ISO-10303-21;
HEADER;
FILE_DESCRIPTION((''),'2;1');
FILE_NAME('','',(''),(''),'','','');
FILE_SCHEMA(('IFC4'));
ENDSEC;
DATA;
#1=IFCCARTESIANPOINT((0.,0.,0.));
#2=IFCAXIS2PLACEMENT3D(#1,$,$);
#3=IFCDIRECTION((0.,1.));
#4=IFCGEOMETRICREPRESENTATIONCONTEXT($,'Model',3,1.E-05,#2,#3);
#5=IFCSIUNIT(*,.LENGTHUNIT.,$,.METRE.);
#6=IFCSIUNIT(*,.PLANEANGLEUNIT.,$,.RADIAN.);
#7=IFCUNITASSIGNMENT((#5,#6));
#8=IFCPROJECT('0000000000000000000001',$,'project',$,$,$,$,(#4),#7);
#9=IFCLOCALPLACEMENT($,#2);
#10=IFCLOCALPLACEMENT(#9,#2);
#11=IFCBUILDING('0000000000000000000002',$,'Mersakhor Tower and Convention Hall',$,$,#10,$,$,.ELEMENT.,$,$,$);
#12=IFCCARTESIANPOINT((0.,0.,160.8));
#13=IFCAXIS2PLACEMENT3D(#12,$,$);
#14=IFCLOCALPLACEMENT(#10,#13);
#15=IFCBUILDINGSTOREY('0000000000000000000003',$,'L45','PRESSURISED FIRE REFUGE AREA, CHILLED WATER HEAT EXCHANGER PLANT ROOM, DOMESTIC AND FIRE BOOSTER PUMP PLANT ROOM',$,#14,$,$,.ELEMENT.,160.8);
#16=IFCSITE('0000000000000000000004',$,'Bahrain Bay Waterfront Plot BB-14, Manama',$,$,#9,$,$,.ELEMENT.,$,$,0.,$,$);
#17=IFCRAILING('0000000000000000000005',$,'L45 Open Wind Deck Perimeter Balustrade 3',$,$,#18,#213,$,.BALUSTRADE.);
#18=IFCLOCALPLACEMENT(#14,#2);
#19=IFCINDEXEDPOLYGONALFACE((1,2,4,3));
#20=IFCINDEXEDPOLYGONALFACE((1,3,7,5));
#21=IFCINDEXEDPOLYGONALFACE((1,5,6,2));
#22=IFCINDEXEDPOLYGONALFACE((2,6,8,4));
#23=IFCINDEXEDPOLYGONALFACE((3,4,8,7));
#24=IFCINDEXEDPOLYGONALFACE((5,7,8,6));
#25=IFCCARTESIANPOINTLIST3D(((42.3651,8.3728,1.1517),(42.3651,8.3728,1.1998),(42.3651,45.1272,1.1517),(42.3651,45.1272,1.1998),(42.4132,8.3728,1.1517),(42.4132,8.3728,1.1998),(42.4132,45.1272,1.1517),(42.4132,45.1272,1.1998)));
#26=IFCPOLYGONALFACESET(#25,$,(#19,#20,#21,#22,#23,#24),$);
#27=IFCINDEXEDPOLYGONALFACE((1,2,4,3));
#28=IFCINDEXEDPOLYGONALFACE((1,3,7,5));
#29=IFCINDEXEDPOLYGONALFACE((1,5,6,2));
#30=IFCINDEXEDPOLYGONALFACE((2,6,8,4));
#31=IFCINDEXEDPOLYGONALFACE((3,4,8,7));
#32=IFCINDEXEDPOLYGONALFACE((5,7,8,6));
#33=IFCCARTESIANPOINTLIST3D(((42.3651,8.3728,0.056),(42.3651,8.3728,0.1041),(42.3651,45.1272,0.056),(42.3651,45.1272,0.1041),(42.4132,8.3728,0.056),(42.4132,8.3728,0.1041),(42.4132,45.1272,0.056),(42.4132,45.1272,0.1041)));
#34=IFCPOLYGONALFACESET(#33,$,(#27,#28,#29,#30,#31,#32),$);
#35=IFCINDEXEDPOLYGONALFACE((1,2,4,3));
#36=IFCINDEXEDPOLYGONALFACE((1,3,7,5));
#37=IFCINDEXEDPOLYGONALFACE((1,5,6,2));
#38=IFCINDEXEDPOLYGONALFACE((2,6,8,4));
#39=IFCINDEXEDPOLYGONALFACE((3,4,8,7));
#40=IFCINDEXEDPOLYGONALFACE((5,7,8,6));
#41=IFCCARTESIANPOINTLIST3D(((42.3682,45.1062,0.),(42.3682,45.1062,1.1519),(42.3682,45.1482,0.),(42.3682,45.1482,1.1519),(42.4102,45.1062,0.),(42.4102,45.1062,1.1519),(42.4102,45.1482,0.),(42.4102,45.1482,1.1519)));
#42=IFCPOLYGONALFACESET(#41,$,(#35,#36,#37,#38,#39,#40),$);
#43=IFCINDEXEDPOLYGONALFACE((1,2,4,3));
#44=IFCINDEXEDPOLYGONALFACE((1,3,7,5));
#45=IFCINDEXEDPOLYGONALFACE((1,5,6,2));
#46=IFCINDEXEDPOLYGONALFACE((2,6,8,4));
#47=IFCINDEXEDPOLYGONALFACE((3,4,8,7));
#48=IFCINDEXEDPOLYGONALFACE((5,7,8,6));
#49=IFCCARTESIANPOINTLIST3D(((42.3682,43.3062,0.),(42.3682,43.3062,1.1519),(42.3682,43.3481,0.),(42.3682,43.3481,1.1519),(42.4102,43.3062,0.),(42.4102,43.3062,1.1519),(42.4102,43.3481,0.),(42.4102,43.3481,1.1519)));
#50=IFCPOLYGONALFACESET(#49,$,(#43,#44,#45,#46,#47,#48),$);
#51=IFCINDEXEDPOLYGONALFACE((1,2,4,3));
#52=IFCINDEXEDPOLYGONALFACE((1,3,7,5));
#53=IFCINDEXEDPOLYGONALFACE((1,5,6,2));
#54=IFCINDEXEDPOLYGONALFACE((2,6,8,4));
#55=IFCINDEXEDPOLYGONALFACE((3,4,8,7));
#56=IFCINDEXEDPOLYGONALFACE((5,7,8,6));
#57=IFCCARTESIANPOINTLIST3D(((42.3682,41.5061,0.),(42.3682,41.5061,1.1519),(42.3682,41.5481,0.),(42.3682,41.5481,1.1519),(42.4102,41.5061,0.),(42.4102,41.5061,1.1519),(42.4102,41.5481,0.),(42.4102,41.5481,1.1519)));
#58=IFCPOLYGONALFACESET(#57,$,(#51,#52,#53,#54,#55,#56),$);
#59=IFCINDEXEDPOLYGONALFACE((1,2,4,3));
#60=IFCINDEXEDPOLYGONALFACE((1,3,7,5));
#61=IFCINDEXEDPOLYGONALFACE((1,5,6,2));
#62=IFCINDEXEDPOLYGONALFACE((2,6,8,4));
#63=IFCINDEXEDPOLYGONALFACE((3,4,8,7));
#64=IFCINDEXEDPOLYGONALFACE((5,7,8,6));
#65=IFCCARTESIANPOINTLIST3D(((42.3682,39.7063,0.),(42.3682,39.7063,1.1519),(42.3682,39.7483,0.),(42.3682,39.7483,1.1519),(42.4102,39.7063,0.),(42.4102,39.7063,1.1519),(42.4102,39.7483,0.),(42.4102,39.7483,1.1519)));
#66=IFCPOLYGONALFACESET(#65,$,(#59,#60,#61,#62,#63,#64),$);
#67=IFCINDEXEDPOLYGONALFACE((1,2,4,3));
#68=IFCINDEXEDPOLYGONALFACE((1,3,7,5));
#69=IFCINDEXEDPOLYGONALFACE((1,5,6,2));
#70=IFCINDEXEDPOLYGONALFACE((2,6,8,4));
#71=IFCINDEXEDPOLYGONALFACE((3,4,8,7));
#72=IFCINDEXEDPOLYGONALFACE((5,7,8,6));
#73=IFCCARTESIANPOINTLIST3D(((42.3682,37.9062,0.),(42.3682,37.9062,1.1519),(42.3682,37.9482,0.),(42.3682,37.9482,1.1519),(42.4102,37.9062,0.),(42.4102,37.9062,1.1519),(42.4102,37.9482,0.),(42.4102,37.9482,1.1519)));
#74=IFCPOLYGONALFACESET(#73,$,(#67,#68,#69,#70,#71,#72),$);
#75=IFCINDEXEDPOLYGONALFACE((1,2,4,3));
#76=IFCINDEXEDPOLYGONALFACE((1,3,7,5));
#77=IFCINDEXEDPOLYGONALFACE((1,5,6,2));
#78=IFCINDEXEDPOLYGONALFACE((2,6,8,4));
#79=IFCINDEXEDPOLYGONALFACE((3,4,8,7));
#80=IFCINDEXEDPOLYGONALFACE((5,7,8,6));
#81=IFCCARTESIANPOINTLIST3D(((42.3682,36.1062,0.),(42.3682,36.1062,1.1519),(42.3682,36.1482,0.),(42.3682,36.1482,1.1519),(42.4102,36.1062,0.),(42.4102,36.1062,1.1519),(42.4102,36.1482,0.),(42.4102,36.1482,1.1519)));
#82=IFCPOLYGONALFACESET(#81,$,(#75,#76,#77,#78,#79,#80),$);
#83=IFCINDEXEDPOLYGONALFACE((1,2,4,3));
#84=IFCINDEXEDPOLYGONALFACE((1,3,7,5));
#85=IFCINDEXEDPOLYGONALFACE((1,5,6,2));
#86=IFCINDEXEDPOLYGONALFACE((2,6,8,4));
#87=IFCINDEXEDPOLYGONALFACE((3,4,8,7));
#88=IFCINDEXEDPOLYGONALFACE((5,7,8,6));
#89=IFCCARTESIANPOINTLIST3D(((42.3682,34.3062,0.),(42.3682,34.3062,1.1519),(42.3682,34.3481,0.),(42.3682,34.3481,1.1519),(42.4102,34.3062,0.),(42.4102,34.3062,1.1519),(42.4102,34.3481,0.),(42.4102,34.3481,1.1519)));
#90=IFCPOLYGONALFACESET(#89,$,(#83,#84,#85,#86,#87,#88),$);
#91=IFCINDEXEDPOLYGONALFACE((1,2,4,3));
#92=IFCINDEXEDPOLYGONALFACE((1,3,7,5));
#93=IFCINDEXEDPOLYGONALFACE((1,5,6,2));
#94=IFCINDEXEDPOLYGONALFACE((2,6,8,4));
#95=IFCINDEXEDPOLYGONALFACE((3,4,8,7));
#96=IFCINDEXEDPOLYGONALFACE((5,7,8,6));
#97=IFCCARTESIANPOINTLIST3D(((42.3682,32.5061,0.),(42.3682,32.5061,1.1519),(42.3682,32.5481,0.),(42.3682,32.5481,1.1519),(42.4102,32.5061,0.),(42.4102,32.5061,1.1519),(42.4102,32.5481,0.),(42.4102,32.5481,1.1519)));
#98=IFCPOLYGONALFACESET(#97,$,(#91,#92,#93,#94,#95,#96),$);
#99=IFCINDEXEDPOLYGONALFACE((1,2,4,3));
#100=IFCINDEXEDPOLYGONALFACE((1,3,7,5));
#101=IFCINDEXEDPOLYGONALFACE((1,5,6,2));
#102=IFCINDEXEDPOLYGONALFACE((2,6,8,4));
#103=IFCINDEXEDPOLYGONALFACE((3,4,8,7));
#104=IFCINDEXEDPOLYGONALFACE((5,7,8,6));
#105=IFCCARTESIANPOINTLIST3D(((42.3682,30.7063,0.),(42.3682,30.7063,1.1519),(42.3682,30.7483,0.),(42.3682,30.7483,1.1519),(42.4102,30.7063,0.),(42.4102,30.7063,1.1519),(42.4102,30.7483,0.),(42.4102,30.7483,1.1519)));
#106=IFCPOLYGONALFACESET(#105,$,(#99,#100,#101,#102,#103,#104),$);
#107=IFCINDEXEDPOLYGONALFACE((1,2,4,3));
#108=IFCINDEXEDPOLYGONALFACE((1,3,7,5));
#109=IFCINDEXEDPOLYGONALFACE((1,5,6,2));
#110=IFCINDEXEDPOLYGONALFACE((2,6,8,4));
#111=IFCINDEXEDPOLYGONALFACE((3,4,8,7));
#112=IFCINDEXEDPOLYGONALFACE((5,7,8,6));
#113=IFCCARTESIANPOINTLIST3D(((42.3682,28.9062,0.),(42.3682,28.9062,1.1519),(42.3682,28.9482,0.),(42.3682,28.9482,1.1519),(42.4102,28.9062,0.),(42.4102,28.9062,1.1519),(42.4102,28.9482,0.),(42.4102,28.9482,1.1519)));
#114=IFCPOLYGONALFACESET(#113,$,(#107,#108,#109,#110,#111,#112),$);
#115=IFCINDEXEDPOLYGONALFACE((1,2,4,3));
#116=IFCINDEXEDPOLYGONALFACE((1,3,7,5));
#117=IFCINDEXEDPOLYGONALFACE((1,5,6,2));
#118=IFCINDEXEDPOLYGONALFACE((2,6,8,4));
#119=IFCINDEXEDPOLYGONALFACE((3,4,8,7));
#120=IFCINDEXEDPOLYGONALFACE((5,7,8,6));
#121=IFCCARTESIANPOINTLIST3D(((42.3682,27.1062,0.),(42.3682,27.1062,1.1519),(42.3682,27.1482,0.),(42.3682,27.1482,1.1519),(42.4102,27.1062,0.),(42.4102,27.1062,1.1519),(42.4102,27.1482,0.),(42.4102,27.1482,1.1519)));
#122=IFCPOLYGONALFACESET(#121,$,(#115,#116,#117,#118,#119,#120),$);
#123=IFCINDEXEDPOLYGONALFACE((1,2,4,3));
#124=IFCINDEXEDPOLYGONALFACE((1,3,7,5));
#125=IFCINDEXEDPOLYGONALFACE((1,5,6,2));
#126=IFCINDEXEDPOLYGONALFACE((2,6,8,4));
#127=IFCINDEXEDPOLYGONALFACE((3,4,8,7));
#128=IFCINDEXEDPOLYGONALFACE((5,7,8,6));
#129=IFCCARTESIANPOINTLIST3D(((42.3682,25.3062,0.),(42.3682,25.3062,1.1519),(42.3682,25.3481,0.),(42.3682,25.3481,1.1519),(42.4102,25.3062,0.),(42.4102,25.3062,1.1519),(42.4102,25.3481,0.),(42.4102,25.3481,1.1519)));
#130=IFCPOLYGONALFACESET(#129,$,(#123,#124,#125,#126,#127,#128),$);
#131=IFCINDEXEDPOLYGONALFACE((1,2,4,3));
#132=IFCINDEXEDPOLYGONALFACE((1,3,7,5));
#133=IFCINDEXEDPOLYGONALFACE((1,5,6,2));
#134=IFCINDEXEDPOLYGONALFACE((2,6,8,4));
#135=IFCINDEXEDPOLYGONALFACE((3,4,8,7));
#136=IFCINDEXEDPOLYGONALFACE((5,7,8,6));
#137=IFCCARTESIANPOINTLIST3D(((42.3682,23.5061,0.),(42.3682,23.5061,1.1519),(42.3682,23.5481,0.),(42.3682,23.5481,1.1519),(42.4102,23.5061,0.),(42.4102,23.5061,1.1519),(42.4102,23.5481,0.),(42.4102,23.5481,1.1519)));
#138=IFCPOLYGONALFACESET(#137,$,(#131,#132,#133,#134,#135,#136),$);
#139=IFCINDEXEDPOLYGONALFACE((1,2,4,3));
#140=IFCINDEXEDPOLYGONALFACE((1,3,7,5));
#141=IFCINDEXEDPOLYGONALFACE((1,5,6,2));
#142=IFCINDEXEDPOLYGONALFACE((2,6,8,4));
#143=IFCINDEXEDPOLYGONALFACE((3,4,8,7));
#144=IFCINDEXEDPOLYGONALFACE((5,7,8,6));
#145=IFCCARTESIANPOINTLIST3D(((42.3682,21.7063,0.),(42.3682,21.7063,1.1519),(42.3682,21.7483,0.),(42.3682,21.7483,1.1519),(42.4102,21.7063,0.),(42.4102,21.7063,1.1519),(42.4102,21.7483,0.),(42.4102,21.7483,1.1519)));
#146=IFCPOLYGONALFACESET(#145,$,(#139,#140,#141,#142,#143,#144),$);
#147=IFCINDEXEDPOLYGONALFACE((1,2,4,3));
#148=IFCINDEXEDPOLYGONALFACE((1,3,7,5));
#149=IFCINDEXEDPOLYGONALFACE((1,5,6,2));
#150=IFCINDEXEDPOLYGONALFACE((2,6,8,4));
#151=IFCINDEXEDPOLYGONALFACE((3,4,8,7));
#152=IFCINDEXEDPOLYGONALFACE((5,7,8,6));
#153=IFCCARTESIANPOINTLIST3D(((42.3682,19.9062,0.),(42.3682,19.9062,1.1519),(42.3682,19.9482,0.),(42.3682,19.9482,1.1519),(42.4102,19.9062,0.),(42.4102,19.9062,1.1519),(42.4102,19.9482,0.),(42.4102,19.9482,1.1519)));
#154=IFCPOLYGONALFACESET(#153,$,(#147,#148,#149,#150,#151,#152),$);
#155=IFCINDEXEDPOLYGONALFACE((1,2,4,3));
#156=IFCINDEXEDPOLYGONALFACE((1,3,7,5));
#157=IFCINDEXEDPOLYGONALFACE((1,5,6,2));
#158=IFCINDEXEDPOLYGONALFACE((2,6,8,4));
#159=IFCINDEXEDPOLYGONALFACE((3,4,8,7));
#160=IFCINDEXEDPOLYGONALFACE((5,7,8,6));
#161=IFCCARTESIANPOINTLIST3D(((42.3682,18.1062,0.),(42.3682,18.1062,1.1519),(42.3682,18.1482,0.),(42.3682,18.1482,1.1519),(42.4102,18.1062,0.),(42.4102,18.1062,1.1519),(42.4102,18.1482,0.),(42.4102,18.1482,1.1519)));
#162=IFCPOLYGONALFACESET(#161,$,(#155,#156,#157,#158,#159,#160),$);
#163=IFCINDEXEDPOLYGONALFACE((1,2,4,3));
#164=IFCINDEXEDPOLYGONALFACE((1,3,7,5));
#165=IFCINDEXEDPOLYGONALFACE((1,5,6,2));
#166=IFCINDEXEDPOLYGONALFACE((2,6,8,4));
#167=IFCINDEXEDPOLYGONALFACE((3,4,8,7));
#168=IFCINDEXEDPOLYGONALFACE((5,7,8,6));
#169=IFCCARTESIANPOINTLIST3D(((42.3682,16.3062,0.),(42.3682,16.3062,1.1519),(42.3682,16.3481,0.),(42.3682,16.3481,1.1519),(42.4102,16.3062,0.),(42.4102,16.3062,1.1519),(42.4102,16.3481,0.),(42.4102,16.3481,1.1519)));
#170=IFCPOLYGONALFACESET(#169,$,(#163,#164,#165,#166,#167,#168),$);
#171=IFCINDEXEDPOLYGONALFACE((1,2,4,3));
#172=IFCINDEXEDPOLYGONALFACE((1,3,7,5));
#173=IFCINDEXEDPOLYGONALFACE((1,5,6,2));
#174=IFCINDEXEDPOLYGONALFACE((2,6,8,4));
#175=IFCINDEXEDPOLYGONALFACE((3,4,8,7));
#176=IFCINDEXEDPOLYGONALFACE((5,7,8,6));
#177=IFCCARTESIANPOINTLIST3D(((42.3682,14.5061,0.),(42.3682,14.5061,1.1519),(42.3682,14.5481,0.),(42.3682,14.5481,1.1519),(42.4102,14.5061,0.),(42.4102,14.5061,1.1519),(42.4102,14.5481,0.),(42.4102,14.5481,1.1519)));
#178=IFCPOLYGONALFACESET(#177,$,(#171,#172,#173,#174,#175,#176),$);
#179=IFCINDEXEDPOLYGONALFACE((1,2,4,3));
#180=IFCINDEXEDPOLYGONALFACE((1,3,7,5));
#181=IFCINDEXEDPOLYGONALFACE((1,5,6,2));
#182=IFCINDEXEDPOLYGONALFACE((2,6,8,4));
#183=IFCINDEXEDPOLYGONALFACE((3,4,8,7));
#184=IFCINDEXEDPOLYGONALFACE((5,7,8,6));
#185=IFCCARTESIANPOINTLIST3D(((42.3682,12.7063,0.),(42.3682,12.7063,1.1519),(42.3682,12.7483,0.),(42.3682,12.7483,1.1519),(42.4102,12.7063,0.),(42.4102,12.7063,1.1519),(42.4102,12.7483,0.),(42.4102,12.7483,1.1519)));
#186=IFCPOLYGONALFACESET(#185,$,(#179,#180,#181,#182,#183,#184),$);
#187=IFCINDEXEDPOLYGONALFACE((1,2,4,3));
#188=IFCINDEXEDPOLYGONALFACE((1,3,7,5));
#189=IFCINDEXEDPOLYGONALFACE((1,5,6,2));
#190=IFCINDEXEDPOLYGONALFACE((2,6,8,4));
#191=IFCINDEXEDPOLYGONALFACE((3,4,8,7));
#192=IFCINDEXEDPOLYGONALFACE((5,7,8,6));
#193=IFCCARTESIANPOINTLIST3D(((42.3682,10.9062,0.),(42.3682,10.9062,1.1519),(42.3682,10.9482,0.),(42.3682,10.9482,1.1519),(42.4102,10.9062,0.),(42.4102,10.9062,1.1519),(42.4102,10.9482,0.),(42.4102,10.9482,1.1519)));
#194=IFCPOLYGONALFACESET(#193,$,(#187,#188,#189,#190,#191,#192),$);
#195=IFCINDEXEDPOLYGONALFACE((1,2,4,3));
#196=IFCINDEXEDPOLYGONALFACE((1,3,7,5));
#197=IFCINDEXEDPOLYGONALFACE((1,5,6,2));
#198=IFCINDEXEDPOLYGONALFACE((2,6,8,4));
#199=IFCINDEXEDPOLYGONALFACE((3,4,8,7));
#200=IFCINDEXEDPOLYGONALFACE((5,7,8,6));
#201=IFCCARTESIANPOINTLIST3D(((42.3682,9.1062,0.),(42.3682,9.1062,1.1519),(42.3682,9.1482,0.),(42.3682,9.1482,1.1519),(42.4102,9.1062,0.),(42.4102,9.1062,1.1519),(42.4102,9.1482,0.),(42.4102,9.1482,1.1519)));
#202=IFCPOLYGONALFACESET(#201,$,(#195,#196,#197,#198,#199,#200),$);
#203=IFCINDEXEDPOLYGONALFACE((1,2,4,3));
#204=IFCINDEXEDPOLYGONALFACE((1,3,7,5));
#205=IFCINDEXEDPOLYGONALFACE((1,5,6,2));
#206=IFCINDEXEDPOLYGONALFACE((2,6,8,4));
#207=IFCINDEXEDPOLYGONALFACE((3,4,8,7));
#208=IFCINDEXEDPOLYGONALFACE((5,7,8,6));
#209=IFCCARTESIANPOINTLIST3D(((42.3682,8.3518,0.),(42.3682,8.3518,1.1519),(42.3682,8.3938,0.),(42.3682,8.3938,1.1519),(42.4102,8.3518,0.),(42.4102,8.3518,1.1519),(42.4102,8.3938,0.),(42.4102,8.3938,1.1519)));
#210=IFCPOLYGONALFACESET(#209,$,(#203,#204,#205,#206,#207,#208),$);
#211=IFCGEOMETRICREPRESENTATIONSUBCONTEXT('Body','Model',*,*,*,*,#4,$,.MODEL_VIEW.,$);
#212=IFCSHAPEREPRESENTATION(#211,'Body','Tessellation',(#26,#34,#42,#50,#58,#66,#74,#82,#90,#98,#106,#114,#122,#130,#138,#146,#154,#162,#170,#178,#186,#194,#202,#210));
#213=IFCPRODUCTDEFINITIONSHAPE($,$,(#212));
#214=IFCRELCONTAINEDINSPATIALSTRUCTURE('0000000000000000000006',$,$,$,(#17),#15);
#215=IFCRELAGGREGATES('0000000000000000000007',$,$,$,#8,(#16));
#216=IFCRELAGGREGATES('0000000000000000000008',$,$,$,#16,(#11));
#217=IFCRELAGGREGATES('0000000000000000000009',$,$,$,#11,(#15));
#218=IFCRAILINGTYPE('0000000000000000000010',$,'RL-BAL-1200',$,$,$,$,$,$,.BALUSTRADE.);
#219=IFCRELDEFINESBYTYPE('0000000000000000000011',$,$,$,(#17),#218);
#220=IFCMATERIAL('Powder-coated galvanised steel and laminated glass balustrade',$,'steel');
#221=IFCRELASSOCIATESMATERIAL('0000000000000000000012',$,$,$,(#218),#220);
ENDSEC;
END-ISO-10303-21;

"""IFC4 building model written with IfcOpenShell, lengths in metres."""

from ifc_helpers import new_model, si_unit, direction, frame, origin, origin_2d, place, context, subcontext, project, spatial, rectangle, extrude, material, type_object, element, save


model = new_model("IFC4")

# Units and contexts
model_context = context("Model", 3, precision=1e-05, world=origin(), true_north=direction((0.0, 1.0)))
body_context = subcontext(model_context, "Body", "Model", "MODEL_VIEW")
ifc_project = project(units=[si_unit("LENGTHUNIT", "METRE"), si_unit("PLANEANGLEUNIT", "RADIAN")], contexts=[model_context])

# Site, building, storey
site_placement = place(None, origin())
site = spatial("IfcSite", under=ifc_project, at=site_placement, Name="Bahrain Bay Waterfront Plot BB-14, Manama", CompositionType="ELEMENT", RefElevation=0.0)
building_placement = place(site_placement, origin())
building = spatial("IfcBuilding", under=site, at=building_placement, Name="Mersakhor Tower and Convention Hall", CompositionType="ELEMENT")
storey_placement = place(building_placement, frame((0.0, 0.0, 160.8)))
storey = spatial("IfcBuildingStorey", under=building, at=storey_placement, Name="L45", Description="PRESSURISED FIRE REFUGE AREA, CHILLED WATER HEAT EXCHANGER PLANT ROOM, DOMESTIC AND FIRE BOOSTER PUMP PLANT ROOM", CompositionType="ELEMENT", Elevation=160.8)

# Railing
ifc_material_1 = material(Name="Powder-coated galvanised steel and laminated glass balustrade", Category="steel")
railing_type = type_object("IfcRailingType", Name="RL-BAL-1200", PredefinedType="BALUSTRADE", material=ifc_material_1)
railing_1_placement = place(storey_placement, frame((42.3892, 45.1272, 0.0)))
element("IfcRailing", 1, at=railing_1_placement, inside=storey, type_object=railing_type, Name="L45 Open Wind Deck Perimeter Balustrade 3", PredefinedType="BALUSTRADE", context=body_context, shape_type="SweptSolid", body=[
    extrude(rectangle(XDim=0.0481, YDim=0.0481, at=origin_2d()), frame((0.0, 0.0, 1.1758), z_axis=(0.0, -1.0, 0.0), x_axis=(1.0, 0.0, 0.0)), (0.0, 0.0, 1.0), 36.7544),
    extrude(rectangle(XDim=0.0481, YDim=0.0481, at=origin_2d()), frame((0.0, 0.0, 0.0801), z_axis=(0.0, -1.0, 0.0), x_axis=(1.0, 0.0, 0.0)), (0.0, 0.0, 1.0), 36.7544),
    extrude(rectangle(XDim=0.042, YDim=0.042, at=origin_2d()), origin(), (0.0, 0.0, 1.0), 1.1519),
    extrude(rectangle(XDim=0.042, YDim=0.042, at=origin_2d()), frame((0.0, -1.8, 0.0)), (0.0, 0.0, 1.0), 1.1519),
    extrude(rectangle(XDim=0.042, YDim=0.042, at=origin_2d()), frame((0.0, -3.6001, 0.0)), (0.0, 0.0, 1.0), 1.1519),
    extrude(rectangle(XDim=0.042, YDim=0.042, at=origin_2d()), frame((0.0, -5.3999, 0.0)), (0.0, 0.0, 1.0), 1.1519),
    extrude(rectangle(XDim=0.042, YDim=0.042, at=origin_2d()), frame((0.0, -7.2, 0.0)), (0.0, 0.0, 1.0), 1.1519),
    extrude(rectangle(XDim=0.042, YDim=0.042, at=origin_2d()), frame((0.0, -9.0, 0.0)), (0.0, 0.0, 1.0), 1.1519),
    extrude(rectangle(XDim=0.042, YDim=0.042, at=origin_2d()), frame((0.0, -10.8, 0.0)), (0.0, 0.0, 1.0), 1.1519),
    extrude(rectangle(XDim=0.042, YDim=0.042, at=origin_2d()), frame((0.0, -12.6001, 0.0)), (0.0, 0.0, 1.0), 1.1519),
    extrude(rectangle(XDim=0.042, YDim=0.042, at=origin_2d()), frame((0.0, -14.3999, 0.0)), (0.0, 0.0, 1.0), 1.1519),
    extrude(rectangle(XDim=0.042, YDim=0.042, at=origin_2d()), frame((0.0, -16.2, 0.0)), (0.0, 0.0, 1.0), 1.1519),
    extrude(rectangle(XDim=0.042, YDim=0.042, at=origin_2d()), frame((0.0, -18.0, 0.0)), (0.0, 0.0, 1.0), 1.1519),
    extrude(rectangle(XDim=0.042, YDim=0.042, at=origin_2d()), frame((0.0, -19.8, 0.0)), (0.0, 0.0, 1.0), 1.1519),
    extrude(rectangle(XDim=0.042, YDim=0.042, at=origin_2d()), frame((0.0, -21.6001, 0.0)), (0.0, 0.0, 1.0), 1.1519),
    extrude(rectangle(XDim=0.042, YDim=0.042, at=origin_2d()), frame((0.0, -23.3999, 0.0)), (0.0, 0.0, 1.0), 1.1519),
    extrude(rectangle(XDim=0.042, YDim=0.042, at=origin_2d()), frame((0.0, -25.2, 0.0)), (0.0, 0.0, 1.0), 1.1519),
    extrude(rectangle(XDim=0.042, YDim=0.042, at=origin_2d()), frame((0.0, -27.0, 0.0)), (0.0, 0.0, 1.0), 1.1519),
    extrude(rectangle(XDim=0.042, YDim=0.042, at=origin_2d()), frame((0.0, -28.8, 0.0)), (0.0, 0.0, 1.0), 1.1519),
    extrude(rectangle(XDim=0.042, YDim=0.042, at=origin_2d()), frame((0.0, -30.6001, 0.0)), (0.0, 0.0, 1.0), 1.1519),
    extrude(rectangle(XDim=0.042, YDim=0.042, at=origin_2d()), frame((0.0, -32.3999, 0.0)), (0.0, 0.0, 1.0), 1.1519),
    extrude(rectangle(XDim=0.042, YDim=0.042, at=origin_2d()), frame((0.0, -34.2, 0.0)), (0.0, 0.0, 1.0), 1.1519),
    extrude(rectangle(XDim=0.042, YDim=0.042, at=origin_2d()), frame((0.0, -36.0, 0.0)), (0.0, 0.0, 1.0), 1.1519),
    extrude(rectangle(XDim=0.042, YDim=0.042, at=origin_2d()), frame((0.0, -36.7544, 0.0)), (0.0, 0.0, 1.0), 1.1519),
])

save(model, "model.ifc")
